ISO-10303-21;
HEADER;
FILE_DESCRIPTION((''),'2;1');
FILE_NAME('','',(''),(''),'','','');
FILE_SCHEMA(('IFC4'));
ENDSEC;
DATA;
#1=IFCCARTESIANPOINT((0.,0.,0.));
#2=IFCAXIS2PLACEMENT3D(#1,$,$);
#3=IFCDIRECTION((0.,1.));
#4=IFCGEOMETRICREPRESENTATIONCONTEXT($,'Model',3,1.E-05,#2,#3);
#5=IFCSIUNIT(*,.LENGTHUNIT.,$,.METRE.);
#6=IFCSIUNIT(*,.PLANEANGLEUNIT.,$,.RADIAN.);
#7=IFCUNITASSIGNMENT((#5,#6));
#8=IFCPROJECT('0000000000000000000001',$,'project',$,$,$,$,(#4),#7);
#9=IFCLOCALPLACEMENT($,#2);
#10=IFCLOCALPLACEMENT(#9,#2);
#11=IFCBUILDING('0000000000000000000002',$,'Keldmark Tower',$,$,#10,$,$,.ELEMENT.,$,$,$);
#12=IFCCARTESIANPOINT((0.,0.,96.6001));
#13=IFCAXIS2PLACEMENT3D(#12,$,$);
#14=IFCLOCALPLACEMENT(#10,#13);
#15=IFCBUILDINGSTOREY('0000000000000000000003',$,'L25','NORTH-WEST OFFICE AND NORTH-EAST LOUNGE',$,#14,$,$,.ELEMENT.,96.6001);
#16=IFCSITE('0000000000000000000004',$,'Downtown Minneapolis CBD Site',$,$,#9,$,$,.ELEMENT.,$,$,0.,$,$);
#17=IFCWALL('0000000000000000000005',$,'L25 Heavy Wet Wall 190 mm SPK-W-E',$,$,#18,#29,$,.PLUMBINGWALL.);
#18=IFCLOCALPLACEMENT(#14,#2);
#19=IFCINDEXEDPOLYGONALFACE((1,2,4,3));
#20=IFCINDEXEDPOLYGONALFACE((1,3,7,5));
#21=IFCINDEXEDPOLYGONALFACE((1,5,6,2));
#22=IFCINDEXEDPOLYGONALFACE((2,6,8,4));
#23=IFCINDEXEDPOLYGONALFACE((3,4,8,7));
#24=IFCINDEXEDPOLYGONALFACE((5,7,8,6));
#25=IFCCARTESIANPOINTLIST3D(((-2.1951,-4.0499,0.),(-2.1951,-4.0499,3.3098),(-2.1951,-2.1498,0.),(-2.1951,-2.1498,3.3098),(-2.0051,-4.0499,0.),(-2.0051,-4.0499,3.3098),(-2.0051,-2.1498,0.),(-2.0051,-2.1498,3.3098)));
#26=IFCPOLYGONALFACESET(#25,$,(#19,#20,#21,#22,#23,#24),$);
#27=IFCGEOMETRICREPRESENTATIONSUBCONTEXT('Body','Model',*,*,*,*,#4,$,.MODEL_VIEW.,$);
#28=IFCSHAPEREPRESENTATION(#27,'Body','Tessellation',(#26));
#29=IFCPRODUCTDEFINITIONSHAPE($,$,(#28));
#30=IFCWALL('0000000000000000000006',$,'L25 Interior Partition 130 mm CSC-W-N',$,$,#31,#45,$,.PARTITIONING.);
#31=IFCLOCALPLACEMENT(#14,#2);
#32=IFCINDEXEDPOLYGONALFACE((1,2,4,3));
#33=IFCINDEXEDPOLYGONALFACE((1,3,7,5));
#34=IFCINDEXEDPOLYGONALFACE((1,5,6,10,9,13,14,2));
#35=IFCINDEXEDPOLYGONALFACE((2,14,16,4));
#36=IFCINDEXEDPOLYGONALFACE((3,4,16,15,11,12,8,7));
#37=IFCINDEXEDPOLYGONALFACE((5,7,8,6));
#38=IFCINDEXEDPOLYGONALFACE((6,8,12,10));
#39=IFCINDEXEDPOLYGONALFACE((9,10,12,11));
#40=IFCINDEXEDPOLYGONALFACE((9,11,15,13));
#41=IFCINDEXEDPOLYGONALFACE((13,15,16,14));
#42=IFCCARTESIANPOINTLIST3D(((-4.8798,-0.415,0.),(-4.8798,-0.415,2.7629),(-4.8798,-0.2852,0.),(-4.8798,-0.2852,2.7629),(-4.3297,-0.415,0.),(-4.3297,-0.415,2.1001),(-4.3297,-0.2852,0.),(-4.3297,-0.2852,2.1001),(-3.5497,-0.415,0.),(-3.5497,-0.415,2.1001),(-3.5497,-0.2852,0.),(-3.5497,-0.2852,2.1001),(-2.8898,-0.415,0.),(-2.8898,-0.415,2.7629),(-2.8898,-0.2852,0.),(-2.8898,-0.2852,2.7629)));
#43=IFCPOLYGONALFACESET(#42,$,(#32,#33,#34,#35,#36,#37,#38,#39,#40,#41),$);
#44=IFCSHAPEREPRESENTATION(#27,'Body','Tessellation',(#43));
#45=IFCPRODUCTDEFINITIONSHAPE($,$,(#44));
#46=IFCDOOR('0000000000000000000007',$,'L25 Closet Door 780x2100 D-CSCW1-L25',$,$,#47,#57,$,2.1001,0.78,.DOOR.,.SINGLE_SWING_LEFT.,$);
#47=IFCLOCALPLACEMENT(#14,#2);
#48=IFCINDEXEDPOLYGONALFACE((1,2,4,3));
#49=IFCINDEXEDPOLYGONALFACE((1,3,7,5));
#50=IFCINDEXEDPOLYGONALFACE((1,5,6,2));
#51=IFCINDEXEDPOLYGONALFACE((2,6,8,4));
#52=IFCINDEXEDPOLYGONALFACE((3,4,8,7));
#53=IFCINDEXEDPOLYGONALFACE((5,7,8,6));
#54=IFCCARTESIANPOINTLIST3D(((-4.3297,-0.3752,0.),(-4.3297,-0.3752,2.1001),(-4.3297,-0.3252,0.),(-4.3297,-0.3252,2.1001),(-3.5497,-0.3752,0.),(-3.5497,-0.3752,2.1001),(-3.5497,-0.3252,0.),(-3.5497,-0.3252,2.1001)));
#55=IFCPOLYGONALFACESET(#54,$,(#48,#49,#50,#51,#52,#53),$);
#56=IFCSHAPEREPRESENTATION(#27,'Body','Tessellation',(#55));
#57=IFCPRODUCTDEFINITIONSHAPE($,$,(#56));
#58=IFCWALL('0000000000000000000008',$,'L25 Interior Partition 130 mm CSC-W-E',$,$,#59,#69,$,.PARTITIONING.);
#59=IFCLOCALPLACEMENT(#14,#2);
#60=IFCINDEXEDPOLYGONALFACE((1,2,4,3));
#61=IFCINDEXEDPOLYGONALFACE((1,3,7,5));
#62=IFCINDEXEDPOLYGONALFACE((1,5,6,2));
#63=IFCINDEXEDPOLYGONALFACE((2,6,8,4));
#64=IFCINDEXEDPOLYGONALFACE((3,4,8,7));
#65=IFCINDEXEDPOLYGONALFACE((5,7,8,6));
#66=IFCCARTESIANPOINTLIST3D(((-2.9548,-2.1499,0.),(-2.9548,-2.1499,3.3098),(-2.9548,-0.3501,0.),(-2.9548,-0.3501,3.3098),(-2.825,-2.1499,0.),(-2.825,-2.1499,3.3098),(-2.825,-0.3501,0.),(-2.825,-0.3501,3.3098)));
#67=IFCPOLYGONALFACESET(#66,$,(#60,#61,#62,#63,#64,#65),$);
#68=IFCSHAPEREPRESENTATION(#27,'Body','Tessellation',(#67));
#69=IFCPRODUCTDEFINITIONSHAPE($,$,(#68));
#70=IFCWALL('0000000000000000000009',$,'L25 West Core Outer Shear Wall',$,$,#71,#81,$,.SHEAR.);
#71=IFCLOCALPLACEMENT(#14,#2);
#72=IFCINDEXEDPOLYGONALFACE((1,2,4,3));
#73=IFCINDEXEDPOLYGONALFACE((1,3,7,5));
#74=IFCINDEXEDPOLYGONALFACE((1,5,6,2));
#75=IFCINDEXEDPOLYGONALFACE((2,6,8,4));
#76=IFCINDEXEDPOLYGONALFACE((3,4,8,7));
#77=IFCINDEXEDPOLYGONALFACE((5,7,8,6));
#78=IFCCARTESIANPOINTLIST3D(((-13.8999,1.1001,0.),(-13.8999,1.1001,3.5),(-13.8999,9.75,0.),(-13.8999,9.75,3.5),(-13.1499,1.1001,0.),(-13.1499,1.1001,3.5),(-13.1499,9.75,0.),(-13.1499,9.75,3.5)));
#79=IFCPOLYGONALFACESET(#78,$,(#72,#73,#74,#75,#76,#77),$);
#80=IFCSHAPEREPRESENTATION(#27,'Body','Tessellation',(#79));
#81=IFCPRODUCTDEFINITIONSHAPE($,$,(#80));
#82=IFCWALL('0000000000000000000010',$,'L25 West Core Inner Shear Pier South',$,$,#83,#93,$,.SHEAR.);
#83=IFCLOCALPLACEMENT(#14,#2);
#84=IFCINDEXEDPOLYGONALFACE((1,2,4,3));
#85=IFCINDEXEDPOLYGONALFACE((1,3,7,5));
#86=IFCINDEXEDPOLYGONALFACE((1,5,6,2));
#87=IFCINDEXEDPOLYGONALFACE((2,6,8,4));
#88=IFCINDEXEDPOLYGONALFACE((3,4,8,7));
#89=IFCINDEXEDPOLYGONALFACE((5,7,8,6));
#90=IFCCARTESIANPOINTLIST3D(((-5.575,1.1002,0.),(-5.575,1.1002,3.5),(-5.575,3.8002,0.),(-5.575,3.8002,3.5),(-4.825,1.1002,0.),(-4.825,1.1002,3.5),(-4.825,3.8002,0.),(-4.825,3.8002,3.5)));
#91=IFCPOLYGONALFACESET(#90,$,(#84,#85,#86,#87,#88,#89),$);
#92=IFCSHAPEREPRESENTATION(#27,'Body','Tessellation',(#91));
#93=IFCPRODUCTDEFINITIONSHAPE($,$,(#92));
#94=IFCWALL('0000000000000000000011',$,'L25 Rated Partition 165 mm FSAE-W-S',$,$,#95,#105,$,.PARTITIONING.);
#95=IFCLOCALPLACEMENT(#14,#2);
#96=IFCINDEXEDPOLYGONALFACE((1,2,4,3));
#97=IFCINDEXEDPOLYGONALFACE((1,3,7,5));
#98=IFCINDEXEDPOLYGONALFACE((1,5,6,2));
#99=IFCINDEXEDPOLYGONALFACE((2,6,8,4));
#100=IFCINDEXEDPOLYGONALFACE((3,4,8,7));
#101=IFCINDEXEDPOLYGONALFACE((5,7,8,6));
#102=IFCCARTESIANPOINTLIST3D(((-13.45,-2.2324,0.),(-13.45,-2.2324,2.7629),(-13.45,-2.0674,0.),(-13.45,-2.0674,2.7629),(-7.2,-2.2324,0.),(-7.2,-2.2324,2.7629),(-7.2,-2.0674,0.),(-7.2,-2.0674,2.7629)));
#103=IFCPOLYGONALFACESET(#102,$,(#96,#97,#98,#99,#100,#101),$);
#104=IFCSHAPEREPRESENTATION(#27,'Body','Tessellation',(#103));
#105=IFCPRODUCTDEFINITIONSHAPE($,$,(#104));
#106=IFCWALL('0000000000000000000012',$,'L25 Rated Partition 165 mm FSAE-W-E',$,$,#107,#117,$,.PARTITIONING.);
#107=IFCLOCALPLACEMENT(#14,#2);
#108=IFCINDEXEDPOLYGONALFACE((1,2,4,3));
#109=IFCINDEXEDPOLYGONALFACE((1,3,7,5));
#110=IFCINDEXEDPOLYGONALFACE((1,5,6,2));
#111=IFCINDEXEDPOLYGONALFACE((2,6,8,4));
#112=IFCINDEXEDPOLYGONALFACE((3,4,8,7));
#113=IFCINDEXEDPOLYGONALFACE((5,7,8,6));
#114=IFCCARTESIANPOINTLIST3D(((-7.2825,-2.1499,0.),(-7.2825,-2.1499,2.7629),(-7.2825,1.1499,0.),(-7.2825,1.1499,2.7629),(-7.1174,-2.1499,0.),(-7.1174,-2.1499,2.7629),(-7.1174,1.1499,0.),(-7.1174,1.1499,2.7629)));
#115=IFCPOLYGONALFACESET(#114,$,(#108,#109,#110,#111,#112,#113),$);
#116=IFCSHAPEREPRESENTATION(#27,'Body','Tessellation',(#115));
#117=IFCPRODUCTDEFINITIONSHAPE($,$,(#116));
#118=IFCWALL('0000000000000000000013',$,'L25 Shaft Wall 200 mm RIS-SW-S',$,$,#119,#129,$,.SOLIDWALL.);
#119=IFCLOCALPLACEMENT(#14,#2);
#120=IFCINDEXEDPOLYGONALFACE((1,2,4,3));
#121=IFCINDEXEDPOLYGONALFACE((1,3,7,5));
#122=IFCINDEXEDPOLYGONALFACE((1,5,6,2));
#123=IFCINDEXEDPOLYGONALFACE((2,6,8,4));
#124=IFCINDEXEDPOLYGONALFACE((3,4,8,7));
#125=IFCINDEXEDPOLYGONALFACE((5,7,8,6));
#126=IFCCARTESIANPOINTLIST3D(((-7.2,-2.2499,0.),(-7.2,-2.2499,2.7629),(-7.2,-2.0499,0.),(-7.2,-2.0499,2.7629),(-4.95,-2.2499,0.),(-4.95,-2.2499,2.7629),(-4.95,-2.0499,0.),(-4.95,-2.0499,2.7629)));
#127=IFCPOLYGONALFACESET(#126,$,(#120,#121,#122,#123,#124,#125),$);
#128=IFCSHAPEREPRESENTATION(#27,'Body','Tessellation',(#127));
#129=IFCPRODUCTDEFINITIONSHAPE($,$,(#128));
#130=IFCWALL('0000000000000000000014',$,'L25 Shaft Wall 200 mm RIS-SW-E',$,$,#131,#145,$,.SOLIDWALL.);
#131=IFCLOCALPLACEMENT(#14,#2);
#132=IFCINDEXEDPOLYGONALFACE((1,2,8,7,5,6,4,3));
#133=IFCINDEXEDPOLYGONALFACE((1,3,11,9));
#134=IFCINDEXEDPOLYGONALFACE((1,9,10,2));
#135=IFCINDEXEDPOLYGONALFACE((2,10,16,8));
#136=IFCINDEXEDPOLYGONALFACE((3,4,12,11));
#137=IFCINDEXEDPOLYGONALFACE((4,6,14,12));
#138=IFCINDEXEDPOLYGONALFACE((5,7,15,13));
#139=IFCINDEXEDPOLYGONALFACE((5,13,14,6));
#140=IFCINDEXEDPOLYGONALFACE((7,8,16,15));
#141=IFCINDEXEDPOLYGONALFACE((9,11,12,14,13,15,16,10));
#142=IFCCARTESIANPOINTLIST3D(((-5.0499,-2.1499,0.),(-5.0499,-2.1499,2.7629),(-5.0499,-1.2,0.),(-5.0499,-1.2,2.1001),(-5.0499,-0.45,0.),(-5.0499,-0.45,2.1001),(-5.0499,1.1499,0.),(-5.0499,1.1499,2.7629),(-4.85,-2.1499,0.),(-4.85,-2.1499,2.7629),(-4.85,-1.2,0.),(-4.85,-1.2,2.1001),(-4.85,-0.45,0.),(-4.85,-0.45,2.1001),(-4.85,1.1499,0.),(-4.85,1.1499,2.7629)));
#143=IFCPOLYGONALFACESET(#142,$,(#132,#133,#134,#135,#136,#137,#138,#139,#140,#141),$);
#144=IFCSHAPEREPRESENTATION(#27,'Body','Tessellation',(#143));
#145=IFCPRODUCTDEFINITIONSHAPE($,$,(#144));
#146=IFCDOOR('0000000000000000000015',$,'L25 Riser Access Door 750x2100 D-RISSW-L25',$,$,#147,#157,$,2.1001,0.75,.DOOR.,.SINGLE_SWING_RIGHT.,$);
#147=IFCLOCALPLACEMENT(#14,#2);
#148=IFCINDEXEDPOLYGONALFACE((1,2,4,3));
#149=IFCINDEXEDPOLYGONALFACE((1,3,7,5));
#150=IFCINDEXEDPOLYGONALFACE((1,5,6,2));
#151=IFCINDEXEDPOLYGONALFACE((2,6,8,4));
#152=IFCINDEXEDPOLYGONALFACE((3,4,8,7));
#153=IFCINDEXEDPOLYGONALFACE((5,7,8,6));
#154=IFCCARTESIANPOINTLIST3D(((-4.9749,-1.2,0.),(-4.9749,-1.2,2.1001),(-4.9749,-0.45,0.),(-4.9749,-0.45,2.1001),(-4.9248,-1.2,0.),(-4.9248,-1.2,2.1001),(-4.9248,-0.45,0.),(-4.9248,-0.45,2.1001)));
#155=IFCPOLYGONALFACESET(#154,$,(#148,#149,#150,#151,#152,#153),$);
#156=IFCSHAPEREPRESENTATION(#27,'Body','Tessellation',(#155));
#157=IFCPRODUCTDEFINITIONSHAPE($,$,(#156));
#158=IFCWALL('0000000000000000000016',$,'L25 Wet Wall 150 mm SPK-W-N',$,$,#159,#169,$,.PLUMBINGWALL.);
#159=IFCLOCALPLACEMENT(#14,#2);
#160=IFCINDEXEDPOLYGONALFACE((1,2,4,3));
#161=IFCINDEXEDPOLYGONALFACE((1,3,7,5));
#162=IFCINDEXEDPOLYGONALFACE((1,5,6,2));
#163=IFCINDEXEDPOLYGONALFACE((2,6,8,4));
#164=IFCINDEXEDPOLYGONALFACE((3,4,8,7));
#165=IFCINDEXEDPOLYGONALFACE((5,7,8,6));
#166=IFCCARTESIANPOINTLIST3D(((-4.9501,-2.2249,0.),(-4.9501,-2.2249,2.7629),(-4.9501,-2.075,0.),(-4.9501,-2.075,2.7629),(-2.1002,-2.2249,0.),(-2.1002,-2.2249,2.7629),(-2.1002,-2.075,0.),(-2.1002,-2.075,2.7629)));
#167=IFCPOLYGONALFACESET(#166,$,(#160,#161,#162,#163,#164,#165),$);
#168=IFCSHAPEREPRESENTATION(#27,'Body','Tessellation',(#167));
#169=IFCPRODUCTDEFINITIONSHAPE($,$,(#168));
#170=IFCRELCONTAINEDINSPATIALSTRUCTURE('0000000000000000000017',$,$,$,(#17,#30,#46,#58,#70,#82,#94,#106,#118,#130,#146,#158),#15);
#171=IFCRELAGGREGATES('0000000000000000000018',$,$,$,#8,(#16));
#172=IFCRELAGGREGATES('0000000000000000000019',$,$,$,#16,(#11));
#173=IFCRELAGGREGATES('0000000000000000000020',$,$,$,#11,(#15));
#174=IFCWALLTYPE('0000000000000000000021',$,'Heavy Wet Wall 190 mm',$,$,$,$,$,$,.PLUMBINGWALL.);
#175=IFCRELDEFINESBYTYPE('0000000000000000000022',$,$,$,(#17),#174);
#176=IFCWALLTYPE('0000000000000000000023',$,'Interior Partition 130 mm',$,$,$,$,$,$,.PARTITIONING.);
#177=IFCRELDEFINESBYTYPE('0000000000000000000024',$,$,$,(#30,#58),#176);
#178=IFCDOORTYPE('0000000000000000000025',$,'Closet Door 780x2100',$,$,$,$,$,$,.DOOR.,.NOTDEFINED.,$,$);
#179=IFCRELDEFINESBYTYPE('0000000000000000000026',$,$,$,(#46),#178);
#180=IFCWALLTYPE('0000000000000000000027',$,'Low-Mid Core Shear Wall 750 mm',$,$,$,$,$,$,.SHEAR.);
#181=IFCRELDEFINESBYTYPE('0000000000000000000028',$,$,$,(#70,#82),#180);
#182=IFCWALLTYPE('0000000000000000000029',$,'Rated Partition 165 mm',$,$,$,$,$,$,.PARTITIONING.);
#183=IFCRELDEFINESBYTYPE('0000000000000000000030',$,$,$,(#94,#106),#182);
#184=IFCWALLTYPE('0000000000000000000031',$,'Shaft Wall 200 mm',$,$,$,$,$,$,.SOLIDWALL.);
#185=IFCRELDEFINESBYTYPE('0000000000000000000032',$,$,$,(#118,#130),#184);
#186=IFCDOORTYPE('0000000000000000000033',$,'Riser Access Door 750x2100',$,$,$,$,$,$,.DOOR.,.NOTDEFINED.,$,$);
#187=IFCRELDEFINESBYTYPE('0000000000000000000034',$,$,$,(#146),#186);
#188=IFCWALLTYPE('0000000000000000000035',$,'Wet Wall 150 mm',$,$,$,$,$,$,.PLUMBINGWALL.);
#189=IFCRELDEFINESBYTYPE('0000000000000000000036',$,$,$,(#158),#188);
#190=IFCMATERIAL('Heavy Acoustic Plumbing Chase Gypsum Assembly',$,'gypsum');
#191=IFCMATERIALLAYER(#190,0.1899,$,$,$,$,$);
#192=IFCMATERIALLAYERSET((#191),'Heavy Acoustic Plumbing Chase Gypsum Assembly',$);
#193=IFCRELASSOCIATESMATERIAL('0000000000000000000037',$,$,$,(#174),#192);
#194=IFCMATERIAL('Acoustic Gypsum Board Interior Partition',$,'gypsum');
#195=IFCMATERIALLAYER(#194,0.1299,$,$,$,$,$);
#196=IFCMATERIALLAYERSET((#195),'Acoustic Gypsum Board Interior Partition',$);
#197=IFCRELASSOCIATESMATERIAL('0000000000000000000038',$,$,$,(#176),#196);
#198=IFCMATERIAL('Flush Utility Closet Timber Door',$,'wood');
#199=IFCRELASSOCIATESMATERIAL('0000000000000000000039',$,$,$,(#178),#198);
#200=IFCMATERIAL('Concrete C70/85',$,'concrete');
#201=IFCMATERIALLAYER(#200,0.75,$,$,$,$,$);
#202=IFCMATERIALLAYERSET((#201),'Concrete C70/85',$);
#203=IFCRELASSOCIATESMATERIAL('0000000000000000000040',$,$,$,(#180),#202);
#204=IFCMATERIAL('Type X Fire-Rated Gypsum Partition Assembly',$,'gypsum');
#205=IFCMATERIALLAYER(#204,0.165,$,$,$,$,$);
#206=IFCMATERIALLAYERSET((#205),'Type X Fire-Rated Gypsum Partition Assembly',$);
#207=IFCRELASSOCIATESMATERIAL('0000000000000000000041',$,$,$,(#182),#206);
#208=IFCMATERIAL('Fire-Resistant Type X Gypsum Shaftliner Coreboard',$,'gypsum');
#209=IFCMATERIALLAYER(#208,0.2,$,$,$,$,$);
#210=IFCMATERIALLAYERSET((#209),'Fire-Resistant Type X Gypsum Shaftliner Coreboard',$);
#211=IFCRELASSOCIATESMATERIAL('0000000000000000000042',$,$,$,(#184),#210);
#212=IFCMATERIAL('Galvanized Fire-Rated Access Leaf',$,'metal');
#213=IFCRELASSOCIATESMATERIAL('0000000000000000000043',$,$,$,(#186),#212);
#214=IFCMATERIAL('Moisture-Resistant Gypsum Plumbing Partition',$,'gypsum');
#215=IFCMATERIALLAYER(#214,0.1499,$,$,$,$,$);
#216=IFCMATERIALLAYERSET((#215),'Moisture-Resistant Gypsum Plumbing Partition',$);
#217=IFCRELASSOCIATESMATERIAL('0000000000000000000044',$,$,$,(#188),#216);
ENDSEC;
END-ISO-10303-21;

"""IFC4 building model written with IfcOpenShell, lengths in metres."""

from ifc_helpers import new_model, si_unit, direction, frame, frame_2d, origin, place, context, subcontext, project, spatial, rectangle, extrude, material, layer, layer_set, type_object, element, fill, save


model = new_model("IFC4")

# Units and contexts
model_context = context("Model", 3, precision=1e-05, world=origin(), true_north=direction((0.0, 1.0)))
body_context = subcontext(model_context, "Body", "Model", "MODEL_VIEW")
ifc_project = project(units=[si_unit("LENGTHUNIT", "METRE"), si_unit("PLANEANGLEUNIT", "RADIAN")], contexts=[model_context])

# Site, building, storey
site_placement = place(None, origin())
site = spatial("IfcSite", under=ifc_project, at=site_placement, Name="Downtown Minneapolis CBD Site", CompositionType="ELEMENT", RefElevation=0.0)
building_placement = place(site_placement, origin())
building = spatial("IfcBuilding", under=site, at=building_placement, Name="Keldmark Tower", CompositionType="ELEMENT")
storey_placement = place(building_placement, frame((0.0, 0.0, 96.6001)))
storey = spatial("IfcBuildingStorey", under=building, at=storey_placement, Name="L25", Description="NORTH-WEST OFFICE AND NORTH-EAST LOUNGE", CompositionType="ELEMENT", Elevation=96.6001)

# Shared definitions
ifc_material_1 = material(Name="Heavy Acoustic Plumbing Chase Gypsum Assembly", Category="gypsum")
ifc_layer_1 = layer(ifc_material_1, 0.1899)
ifc_layer_set_1 = layer_set([ifc_layer_1], Name="Heavy Acoustic Plumbing Chase Gypsum Assembly")
wall_type_1 = type_object("IfcWallType", Name="Heavy Wet Wall 190 mm", PredefinedType="PLUMBINGWALL", material=ifc_layer_set_1)

# Wall
wall_1_placement = place(storey_placement, frame((-2.1001, -4.05, 0.0), z_axis=(0.0, 0.0, 1.0), x_axis=(0.0, 1.0, 0.0)))
element("IfcWall", 1, at=wall_1_placement, inside=storey, type_object=wall_type_1, Name="L25 Heavy Wet Wall 190 mm SPK-W-E", PredefinedType="PLUMBINGWALL", context=body_context, shape_type="SweptSolid", body=[
    extrude(rectangle(XDim=1.9001, YDim=0.1899, at=frame_2d((0.9502, 0.0))), origin(), (0.0, 0.0, 1.0), 3.3098),
])

# Wall, opening, door
ifc_material_2 = material(Name="Acoustic Gypsum Board Interior Partition", Category="gypsum")
ifc_layer_2 = layer(ifc_material_2, 0.1299)
ifc_layer_set_2 = layer_set([ifc_layer_2], Name="Acoustic Gypsum Board Interior Partition")
wall_type_2 = type_object("IfcWallType", Name="Interior Partition 130 mm", PredefinedType="PARTITIONING", material=ifc_layer_set_2)
wall_2_placement = place(storey_placement, frame((-4.8799, -0.3501, 0.0), z_axis=(0.0, 0.0, 1.0), x_axis=(1.0, 0.0, 0.0)))
wall_2 = element("IfcWall", 2, at=wall_2_placement, inside=storey, type_object=wall_type_2, Name="L25 Interior Partition 130 mm CSC-W-N", PredefinedType="PARTITIONING", context=body_context, shape_type="SweptSolid", body=[
    extrude(rectangle(XDim=1.99, YDim=0.1299, at=frame_2d((0.9951, 0.0))), origin(), (0.0, 0.0, 1.0), 2.7629),
])
opening_1_placement = place(wall_2_placement, frame((0.55, 0.0, 0.0)))
opening_1 = element("IfcOpeningElement", 3, at=opening_1_placement, cuts=wall_2, PredefinedType="OPENING", context=body_context, shape_type="SweptSolid", body=[
    extrude(rectangle(XDim=0.78, YDim=2.1001, at=frame_2d((0.3901, 1.05))), frame((0.0, 0.075, 0.0), z_axis=(0.0, -1.0, 0.0), x_axis=(1.0, 0.0, 0.0)), (0.0, 0.0, 1.0), 0.1499),
])
ifc_material_3 = material(Name="Flush Utility Closet Timber Door", Category="wood")
door_type_1 = type_object("IfcDoorType", Name="Closet Door 780x2100", OperationType="NOTDEFINED", PredefinedType="DOOR", material=ifc_material_3)
door_1_placement = place(opening_1_placement, origin())
door_1 = element("IfcDoor", 4, at=door_1_placement, inside=storey, type_object=door_type_1, Name="L25 Closet Door 780x2100 D-CSCW1-L25", OperationType="SINGLE_SWING_LEFT", OverallHeight=2.1001, OverallWidth=0.78, PredefinedType="DOOR", context=body_context, shape_type="SweptSolid", body=[
    extrude(rectangle(XDim=0.78, YDim=2.1001, at=frame_2d((0.3901, 1.05))), frame((0.0, 0.0249, 0.0), z_axis=(0.0, -1.0, 0.0), x_axis=(1.0, 0.0, 0.0)), (0.0, 0.0, 1.0), 0.05),
])
fill(opening_1, door_1)

# Walls
wall_3_placement = place(storey_placement, frame((-2.8899, -2.1499, 0.0), z_axis=(0.0, 0.0, 1.0), x_axis=(0.0, 1.0, 0.0)))
element("IfcWall", 5, at=wall_3_placement, inside=storey, type_object=wall_type_2, Name="L25 Interior Partition 130 mm CSC-W-E", PredefinedType="PARTITIONING", context=body_context, shape_type="SweptSolid", body=[
    extrude(rectangle(XDim=1.7998, YDim=0.1299, at=frame_2d((0.8999, 0.0))), origin(), (0.0, 0.0, 1.0), 3.3098),
])
ifc_material_4 = material(Name="Concrete C70/85", Category="concrete")
ifc_layer_3 = layer(ifc_material_4, 0.75)
ifc_layer_set_3 = layer_set([ifc_layer_3], Name="Concrete C70/85")
wall_type_3 = type_object("IfcWallType", Name="Low-Mid Core Shear Wall 750 mm", PredefinedType="SHEAR", material=ifc_layer_set_3)
wall_4_placement = place(storey_placement, frame((-13.5249, 1.1001, 0.0), z_axis=(0.0, 0.0, 1.0), x_axis=(0.0, 1.0, 0.0)))
element("IfcWall", 6, at=wall_4_placement, inside=storey, type_object=wall_type_3, Name="L25 West Core Outer Shear Wall", PredefinedType="SHEAR", context=body_context, shape_type="SweptSolid", body=[
    extrude(rectangle(XDim=8.6499, YDim=0.75, at=frame_2d((4.325, 0.0))), origin(), (0.0, 0.0, 1.0), 3.5),
])
wall_5_placement = place(storey_placement, frame((-5.2, 1.1001, 0.0), z_axis=(0.0, 0.0, 1.0), x_axis=(0.0, 1.0, 0.0)))
element("IfcWall", 7, at=wall_5_placement, inside=storey, type_object=wall_type_3, Name="L25 West Core Inner Shear Pier South", PredefinedType="SHEAR", context=body_context, shape_type="SweptSolid", body=[
    extrude(rectangle(XDim=2.7, YDim=0.75, at=frame_2d((1.3501, 0.0))), origin(), (0.0, 0.0, 1.0), 3.5),
])
ifc_material_5 = material(Name="Type X Fire-Rated Gypsum Partition Assembly", Category="gypsum")
ifc_layer_4 = layer(ifc_material_5, 0.165)
ifc_layer_set_4 = layer_set([ifc_layer_4], Name="Type X Fire-Rated Gypsum Partition Assembly")
wall_type_4 = type_object("IfcWallType", Name="Rated Partition 165 mm", PredefinedType="PARTITIONING", material=ifc_layer_set_4)
wall_6_placement = place(storey_placement, frame((-13.45, -2.1499, 0.0), z_axis=(0.0, 0.0, 1.0), x_axis=(1.0, 0.0, 0.0)))
element("IfcWall", 8, at=wall_6_placement, inside=storey, type_object=wall_type_4, Name="L25 Rated Partition 165 mm FSAE-W-S", PredefinedType="PARTITIONING", context=body_context, shape_type="SweptSolid", body=[
    extrude(rectangle(XDim=6.25, YDim=0.165, at=frame_2d((3.125, 0.0))), origin(), (0.0, 0.0, 1.0), 2.7629),
])

# Walls
wall_7_placement = place(storey_placement, frame((-7.2, -2.1499, 0.0), z_axis=(0.0, 0.0, 1.0), x_axis=(0.0, 1.0, 0.0)))
element("IfcWall", 9, at=wall_7_placement, inside=storey, type_object=wall_type_4, Name="L25 Rated Partition 165 mm FSAE-W-E", PredefinedType="PARTITIONING", context=body_context, shape_type="SweptSolid", body=[
    extrude(rectangle(XDim=3.2998, YDim=0.165, at=frame_2d((1.6499, 0.0))), origin(), (0.0, 0.0, 1.0), 2.7629),
])
ifc_material_6 = material(Name="Fire-Resistant Type X Gypsum Shaftliner Coreboard", Category="gypsum")
ifc_layer_5 = layer(ifc_material_6, 0.2)
ifc_layer_set_5 = layer_set([ifc_layer_5], Name="Fire-Resistant Type X Gypsum Shaftliner Coreboard")
wall_type_5 = type_object("IfcWallType", Name="Shaft Wall 200 mm", PredefinedType="SOLIDWALL", material=ifc_layer_set_5)
wall_8_placement = place(storey_placement, frame((-7.2, -2.1499, 0.0), z_axis=(0.0, 0.0, 1.0), x_axis=(1.0, 0.0, 0.0)))
element("IfcWall", 10, at=wall_8_placement, inside=storey, type_object=wall_type_5, Name="L25 Shaft Wall 200 mm RIS-SW-S", PredefinedType="SOLIDWALL", context=body_context, shape_type="SweptSolid", body=[
    extrude(rectangle(XDim=2.25, YDim=0.2, at=frame_2d((1.125, 0.0))), origin(), (0.0, 0.0, 1.0), 2.7629),
])

# Wall, opening, door
wall_9_placement = place(storey_placement, frame((-4.95, -2.1499, 0.0), z_axis=(0.0, 0.0, 1.0), x_axis=(0.0, 1.0, 0.0)))
wall_9 = element("IfcWall", 11, at=wall_9_placement, inside=storey, type_object=wall_type_5, Name="L25 Shaft Wall 200 mm RIS-SW-E", PredefinedType="SOLIDWALL", context=body_context, shape_type="SweptSolid", body=[
    extrude(rectangle(XDim=3.2998, YDim=0.2, at=frame_2d((1.6499, 0.0))), origin(), (0.0, 0.0, 1.0), 2.7629),
])
opening_2_placement = place(wall_9_placement, frame((0.95, 0.0, 0.0)))
opening_2 = element("IfcOpeningElement", 12, at=opening_2_placement, cuts=wall_9, PredefinedType="OPENING", context=body_context, shape_type="SweptSolid", body=[
    extrude(rectangle(XDim=0.75, YDim=2.1001, at=frame_2d((0.375, 1.05))), frame((0.0, 0.1099, 0.0), z_axis=(0.0, -1.0, 0.0), x_axis=(1.0, 0.0, 0.0)), (0.0, 0.0, 1.0), 0.22),
])
ifc_material_7 = material(Name="Galvanized Fire-Rated Access Leaf", Category="metal")
door_type_2 = type_object("IfcDoorType", Name="Riser Access Door 750x2100", OperationType="NOTDEFINED", PredefinedType="DOOR", material=ifc_material_7)
door_2_placement = place(opening_2_placement, origin())
door_2 = element("IfcDoor", 13, at=door_2_placement, inside=storey, type_object=door_type_2, Name="L25 Riser Access Door 750x2100 D-RISSW-L25", OperationType="SINGLE_SWING_RIGHT", OverallHeight=2.1001, OverallWidth=0.75, PredefinedType="DOOR", context=body_context, shape_type="SweptSolid", body=[
    extrude(rectangle(XDim=0.75, YDim=2.1001, at=frame_2d((0.375, 1.05))), frame((0.0, 0.0249, 0.0), z_axis=(0.0, -1.0, 0.0), x_axis=(1.0, 0.0, 0.0)), (0.0, 0.0, 1.0), 0.05),
])
fill(opening_2, door_2)

# Wall
ifc_material_8 = material(Name="Moisture-Resistant Gypsum Plumbing Partition", Category="gypsum")
ifc_layer_6 = layer(ifc_material_8, 0.1499)
ifc_layer_set_6 = layer_set([ifc_layer_6], Name="Moisture-Resistant Gypsum Plumbing Partition")
wall_type_6 = type_object("IfcWallType", Name="Wet Wall 150 mm", PredefinedType="PLUMBINGWALL", material=ifc_layer_set_6)
wall_10_placement = place(storey_placement, frame((-4.95, -2.1499, 0.0), z_axis=(0.0, 0.0, 1.0), x_axis=(1.0, 0.0, 0.0)))
element("IfcWall", 14, at=wall_10_placement, inside=storey, type_object=wall_type_6, Name="L25 Wet Wall 150 mm SPK-W-N", PredefinedType="PLUMBINGWALL", context=body_context, shape_type="SweptSolid", body=[
    extrude(rectangle(XDim=2.8499, YDim=0.1499, at=frame_2d((1.4248, 0.0))), origin(), (0.0, 0.0, 1.0), 2.7629),
])

save(model, "model.ifc")
